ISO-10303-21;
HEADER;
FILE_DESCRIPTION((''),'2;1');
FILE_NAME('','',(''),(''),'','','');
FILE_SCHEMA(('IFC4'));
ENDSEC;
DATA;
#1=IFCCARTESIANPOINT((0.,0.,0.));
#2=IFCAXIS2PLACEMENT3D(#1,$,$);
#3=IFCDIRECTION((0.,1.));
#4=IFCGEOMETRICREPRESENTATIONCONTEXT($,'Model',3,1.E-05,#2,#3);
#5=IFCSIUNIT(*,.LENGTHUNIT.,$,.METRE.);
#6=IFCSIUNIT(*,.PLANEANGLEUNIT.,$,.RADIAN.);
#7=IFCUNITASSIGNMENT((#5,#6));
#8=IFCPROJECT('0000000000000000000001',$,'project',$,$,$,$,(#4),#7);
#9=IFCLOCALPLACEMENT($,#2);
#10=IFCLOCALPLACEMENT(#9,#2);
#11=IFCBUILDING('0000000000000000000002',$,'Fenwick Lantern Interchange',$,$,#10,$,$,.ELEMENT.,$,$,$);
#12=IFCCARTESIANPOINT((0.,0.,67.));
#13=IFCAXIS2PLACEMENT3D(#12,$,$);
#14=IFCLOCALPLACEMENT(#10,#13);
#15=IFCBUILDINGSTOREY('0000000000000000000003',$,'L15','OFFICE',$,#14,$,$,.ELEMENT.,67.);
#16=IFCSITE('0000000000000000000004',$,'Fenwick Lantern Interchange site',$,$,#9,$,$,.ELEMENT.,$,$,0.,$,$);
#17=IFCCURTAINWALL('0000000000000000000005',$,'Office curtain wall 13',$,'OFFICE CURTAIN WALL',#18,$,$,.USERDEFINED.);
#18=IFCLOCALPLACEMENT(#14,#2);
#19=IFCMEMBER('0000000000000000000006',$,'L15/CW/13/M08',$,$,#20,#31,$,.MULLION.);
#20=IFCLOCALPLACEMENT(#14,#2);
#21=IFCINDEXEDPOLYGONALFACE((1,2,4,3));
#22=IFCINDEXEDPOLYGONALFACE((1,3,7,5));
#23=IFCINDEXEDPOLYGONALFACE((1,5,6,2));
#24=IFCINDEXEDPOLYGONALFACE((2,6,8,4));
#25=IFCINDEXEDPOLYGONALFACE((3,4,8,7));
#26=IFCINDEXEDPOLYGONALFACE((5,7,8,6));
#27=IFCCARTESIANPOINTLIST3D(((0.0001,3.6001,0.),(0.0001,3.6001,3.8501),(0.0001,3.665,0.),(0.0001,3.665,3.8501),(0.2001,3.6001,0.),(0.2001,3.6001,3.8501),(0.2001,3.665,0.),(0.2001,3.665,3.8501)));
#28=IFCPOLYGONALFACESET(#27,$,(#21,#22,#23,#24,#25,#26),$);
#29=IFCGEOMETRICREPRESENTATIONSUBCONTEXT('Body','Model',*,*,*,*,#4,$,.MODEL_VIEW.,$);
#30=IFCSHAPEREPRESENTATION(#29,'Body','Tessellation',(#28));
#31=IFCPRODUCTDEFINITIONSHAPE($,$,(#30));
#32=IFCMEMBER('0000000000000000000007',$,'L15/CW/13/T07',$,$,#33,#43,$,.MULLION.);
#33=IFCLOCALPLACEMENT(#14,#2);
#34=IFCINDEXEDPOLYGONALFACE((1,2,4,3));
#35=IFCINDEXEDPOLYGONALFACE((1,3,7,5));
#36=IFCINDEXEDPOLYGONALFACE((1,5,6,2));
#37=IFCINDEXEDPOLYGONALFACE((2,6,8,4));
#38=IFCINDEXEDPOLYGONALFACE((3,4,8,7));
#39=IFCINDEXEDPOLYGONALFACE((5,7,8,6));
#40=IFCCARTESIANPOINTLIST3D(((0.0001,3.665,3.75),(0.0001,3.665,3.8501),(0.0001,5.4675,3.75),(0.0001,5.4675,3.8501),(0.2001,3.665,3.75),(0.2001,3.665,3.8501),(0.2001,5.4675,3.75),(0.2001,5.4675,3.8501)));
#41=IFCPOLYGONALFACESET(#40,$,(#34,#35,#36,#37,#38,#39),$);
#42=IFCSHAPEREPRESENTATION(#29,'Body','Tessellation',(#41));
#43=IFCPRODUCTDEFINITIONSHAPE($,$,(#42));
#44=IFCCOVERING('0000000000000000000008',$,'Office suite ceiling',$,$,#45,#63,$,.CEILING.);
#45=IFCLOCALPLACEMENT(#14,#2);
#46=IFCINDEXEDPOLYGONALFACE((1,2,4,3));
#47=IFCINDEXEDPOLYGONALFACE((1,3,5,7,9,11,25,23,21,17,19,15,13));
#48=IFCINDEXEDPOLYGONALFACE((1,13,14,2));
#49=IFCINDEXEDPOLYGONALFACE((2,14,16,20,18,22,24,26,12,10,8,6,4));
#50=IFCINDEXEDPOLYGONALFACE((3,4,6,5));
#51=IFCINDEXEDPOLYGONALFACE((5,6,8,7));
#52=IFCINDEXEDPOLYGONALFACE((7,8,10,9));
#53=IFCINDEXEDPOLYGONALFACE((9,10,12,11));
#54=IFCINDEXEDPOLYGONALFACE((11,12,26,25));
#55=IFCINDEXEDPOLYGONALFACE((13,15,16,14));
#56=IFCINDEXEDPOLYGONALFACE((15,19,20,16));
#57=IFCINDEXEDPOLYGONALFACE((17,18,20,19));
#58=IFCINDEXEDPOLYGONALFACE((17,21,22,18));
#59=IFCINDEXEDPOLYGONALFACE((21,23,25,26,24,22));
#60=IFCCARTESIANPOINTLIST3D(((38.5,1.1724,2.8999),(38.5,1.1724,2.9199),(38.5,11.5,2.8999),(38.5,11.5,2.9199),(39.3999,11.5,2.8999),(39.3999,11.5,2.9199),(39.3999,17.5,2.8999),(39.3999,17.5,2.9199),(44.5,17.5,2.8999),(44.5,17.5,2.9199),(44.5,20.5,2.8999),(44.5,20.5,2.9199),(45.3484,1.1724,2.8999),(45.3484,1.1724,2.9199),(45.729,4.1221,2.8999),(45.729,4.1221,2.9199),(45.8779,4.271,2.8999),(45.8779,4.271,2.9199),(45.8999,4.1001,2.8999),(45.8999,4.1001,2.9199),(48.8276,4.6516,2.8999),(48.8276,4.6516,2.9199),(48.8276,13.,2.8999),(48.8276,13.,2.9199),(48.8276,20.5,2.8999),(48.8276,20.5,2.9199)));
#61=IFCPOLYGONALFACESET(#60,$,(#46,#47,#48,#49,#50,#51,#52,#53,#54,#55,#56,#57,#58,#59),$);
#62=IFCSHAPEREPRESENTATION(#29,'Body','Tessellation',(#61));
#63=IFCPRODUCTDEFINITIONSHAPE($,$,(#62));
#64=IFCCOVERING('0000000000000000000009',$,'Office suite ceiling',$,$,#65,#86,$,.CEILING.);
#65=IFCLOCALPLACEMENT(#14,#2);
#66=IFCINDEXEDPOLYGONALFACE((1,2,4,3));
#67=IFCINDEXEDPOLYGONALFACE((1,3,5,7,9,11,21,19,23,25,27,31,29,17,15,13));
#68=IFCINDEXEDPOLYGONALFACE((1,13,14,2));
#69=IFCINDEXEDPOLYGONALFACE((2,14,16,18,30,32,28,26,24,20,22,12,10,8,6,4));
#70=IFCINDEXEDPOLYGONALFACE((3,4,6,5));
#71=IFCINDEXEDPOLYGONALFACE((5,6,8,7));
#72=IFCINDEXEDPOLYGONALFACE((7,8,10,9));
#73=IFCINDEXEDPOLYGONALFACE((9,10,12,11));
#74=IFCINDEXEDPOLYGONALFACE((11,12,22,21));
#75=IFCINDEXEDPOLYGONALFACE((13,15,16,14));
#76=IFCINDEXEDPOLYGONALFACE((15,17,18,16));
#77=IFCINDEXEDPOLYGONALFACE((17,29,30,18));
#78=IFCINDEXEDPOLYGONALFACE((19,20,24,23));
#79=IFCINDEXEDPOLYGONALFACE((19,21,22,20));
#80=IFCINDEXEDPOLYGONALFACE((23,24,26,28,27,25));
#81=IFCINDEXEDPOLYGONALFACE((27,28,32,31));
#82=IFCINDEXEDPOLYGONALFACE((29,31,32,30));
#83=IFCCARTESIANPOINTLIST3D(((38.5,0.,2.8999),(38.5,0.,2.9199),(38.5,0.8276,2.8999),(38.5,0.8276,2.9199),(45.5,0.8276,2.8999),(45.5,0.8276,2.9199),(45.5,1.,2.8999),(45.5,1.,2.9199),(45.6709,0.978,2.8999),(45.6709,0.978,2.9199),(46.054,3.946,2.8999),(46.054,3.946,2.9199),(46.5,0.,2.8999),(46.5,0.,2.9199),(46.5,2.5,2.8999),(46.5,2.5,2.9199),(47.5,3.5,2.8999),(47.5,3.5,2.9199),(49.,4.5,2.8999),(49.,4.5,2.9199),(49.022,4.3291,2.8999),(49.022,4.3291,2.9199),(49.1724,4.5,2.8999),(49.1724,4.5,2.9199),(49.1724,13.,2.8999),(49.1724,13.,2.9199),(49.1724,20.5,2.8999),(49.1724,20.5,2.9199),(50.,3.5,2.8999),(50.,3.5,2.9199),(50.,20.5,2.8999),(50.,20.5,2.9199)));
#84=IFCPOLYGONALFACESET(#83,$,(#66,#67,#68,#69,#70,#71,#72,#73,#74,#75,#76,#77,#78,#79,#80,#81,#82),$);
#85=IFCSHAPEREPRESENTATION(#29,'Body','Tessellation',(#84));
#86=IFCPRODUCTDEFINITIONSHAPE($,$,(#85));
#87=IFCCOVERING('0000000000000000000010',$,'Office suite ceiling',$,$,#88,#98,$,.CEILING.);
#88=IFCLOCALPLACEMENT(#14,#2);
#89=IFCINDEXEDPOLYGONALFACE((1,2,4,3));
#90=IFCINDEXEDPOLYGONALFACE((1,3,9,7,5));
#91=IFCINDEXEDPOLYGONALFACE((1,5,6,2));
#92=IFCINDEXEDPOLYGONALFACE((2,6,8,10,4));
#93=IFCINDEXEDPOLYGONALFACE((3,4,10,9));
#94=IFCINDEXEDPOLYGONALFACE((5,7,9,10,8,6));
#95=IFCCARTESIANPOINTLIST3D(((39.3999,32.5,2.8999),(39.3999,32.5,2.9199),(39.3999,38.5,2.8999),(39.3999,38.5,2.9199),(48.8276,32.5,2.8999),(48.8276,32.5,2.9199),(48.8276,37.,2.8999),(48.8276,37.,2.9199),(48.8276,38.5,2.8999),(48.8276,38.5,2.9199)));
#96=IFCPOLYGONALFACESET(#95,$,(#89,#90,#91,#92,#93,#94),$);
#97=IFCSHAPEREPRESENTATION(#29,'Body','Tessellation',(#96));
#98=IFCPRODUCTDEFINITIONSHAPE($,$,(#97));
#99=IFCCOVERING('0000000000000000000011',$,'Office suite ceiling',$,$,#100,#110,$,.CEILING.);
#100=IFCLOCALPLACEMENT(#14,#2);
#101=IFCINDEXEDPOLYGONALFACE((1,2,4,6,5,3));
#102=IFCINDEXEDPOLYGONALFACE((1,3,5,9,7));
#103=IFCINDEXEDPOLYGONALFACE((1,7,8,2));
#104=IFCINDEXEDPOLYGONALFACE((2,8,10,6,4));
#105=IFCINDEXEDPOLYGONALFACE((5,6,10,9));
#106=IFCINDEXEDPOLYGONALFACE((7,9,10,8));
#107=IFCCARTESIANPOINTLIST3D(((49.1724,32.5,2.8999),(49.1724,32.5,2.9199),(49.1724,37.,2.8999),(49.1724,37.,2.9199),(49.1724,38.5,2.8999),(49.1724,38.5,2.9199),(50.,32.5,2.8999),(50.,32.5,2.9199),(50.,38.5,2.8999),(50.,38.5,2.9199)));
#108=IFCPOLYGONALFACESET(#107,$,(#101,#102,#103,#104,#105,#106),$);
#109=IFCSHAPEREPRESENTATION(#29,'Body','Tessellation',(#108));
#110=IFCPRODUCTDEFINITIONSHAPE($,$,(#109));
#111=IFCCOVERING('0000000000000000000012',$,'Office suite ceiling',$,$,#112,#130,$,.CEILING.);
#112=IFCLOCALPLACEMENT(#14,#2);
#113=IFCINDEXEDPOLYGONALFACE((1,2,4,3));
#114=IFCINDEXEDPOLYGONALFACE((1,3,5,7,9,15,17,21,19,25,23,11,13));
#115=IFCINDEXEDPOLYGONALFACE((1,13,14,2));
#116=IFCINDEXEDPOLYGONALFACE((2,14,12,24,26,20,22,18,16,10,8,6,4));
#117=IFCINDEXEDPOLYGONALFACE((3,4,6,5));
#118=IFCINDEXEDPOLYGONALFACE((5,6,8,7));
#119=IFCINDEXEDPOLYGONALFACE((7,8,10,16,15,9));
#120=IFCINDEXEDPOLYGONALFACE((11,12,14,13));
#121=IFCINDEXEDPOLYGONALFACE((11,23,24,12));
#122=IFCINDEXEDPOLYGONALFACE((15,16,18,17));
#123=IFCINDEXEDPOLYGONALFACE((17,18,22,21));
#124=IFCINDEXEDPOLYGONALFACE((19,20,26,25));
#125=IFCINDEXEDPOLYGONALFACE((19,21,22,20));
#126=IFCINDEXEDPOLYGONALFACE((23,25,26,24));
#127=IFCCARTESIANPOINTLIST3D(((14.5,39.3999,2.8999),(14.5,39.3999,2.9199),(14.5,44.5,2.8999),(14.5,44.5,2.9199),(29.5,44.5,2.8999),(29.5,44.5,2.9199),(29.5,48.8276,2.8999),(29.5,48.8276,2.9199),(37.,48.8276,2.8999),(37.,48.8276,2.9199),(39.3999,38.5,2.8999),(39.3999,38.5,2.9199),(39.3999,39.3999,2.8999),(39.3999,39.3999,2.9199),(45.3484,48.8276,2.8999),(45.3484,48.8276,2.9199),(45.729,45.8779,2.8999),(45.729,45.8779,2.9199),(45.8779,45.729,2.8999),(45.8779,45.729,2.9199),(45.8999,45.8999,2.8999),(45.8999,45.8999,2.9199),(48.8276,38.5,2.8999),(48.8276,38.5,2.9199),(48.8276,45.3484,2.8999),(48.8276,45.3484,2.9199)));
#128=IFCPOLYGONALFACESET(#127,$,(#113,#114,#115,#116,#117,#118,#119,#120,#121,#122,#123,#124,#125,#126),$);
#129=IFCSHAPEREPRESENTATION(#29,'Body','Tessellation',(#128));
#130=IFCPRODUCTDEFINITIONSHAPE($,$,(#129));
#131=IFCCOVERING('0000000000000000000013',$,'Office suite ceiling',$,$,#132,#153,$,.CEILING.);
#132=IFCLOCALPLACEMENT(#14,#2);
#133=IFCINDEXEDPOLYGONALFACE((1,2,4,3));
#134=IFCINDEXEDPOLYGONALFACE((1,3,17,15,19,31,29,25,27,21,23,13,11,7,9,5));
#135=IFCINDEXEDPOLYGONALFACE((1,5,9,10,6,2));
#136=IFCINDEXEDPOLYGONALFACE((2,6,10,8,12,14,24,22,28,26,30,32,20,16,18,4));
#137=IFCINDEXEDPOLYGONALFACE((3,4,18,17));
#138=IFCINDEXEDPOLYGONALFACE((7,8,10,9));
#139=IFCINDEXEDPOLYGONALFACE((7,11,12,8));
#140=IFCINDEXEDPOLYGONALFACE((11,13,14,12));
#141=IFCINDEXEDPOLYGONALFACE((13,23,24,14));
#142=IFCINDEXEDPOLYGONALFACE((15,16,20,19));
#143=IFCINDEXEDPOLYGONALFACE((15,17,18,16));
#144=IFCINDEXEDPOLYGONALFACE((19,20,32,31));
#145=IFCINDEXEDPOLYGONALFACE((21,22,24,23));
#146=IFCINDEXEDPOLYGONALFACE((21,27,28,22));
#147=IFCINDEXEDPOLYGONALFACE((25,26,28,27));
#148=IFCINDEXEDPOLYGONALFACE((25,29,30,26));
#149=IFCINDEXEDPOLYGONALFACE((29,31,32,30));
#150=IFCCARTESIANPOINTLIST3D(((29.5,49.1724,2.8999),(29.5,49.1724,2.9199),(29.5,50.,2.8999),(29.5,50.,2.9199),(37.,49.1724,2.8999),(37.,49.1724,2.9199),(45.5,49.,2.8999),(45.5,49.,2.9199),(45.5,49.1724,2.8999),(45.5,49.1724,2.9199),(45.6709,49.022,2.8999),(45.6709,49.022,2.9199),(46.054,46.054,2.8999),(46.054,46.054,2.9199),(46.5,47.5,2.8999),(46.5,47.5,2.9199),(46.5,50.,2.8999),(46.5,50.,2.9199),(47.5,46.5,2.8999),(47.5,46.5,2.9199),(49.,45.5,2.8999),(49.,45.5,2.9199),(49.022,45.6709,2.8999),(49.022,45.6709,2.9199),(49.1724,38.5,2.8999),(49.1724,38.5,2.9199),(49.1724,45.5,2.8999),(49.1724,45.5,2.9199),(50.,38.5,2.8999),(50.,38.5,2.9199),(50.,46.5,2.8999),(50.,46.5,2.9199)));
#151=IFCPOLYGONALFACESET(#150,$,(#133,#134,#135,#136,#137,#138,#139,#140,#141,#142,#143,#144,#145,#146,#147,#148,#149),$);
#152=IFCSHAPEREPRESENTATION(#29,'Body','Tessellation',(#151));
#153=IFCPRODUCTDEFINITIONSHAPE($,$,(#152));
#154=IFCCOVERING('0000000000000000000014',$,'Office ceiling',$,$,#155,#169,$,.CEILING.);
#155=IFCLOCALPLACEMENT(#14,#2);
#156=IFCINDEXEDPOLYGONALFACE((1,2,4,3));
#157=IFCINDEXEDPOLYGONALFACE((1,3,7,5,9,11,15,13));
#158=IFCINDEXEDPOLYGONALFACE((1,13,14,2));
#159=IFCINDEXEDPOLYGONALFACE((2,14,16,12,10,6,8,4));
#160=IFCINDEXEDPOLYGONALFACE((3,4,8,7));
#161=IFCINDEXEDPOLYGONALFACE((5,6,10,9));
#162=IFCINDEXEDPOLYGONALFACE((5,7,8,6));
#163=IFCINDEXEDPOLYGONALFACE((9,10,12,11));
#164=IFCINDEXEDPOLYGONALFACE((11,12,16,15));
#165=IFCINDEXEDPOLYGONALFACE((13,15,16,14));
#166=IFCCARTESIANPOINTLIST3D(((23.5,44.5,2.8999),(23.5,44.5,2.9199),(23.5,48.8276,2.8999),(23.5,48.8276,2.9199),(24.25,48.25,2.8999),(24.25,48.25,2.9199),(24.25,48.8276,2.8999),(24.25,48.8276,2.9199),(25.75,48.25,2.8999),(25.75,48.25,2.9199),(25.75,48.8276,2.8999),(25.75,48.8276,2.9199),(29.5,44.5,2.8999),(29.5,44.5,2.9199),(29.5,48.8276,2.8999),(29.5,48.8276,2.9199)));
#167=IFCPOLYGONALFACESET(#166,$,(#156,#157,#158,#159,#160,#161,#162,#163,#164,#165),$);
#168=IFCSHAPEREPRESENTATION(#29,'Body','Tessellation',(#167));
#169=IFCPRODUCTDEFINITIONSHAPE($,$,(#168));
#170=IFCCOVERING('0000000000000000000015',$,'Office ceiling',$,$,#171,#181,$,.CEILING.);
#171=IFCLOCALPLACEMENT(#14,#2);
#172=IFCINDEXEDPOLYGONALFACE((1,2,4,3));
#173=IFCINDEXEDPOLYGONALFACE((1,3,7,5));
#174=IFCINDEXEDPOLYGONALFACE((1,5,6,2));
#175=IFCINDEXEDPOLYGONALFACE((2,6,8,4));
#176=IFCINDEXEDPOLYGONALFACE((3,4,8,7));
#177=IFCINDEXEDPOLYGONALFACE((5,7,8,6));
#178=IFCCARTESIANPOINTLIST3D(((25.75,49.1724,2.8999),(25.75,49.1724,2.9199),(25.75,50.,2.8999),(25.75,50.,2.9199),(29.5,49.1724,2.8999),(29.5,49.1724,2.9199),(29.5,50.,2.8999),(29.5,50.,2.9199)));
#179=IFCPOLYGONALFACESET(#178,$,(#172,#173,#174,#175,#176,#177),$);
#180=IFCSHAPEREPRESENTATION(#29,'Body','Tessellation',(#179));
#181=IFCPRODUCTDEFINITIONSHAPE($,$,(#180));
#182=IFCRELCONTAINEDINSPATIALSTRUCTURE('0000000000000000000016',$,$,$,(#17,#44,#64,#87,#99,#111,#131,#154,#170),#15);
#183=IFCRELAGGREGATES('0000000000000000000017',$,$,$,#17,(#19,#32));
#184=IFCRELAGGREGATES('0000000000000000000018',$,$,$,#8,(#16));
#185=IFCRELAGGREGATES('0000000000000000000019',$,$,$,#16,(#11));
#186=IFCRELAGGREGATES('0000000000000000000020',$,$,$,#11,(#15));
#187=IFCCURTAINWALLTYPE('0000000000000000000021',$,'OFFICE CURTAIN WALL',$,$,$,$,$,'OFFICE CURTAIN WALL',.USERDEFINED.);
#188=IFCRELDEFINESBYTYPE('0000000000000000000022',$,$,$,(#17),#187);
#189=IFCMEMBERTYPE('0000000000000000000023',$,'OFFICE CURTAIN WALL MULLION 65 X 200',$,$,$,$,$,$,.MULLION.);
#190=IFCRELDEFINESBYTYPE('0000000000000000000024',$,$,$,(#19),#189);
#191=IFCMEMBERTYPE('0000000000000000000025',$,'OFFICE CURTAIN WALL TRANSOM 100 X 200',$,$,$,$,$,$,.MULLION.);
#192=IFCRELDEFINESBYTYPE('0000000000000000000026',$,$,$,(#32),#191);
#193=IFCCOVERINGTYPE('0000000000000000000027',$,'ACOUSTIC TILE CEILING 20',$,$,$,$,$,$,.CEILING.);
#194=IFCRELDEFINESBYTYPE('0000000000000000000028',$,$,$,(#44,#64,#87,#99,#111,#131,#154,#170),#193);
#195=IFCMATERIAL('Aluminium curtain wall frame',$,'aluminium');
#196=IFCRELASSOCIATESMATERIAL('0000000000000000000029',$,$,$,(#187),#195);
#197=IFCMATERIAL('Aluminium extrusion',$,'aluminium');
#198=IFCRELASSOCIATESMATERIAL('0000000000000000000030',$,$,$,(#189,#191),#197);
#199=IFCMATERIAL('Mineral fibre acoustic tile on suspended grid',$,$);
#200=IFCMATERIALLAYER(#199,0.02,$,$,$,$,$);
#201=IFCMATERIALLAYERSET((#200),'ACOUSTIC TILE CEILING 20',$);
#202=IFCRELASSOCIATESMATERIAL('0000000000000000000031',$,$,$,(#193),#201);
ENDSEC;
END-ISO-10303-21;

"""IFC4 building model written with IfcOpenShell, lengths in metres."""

from ifc_helpers import new_model, si_unit, direction, frame, origin, origin_2d, place, context, subcontext, project, spatial, polyline, rectangle, outline, extrude, material, layer, layer_set, material_profile, profile_set, type_object, element, aggregate, save


model = new_model("IFC4")

# Units and contexts
model_context = context("Model", 3, precision=1e-05, world=origin(), true_north=direction((0.0, 1.0)))
body_context = subcontext(model_context, "Body", "Model", "MODEL_VIEW")
ifc_project = project(units=[si_unit("LENGTHUNIT", "METRE"), si_unit("PLANEANGLEUNIT", "RADIAN")], contexts=[model_context])

# Site, building, storey
site_placement = place(None, origin())
site = spatial("IfcSite", under=ifc_project, at=site_placement, Name="Fenwick Lantern Interchange site", CompositionType="ELEMENT", RefElevation=0.0)
building_placement = place(site_placement, origin())
building = spatial("IfcBuilding", under=site, at=building_placement, Name="Fenwick Lantern Interchange", CompositionType="ELEMENT")
storey_placement = place(building_placement, frame((0.0, 0.0, 67.0)))
storey = spatial("IfcBuildingStorey", under=building, at=storey_placement, Name="L15", Description="OFFICE", CompositionType="ELEMENT", Elevation=67.0)

# Curtain wall, members
ifc_material_1 = material(Name="Aluminium curtain wall frame", Category="aluminium")
curtain_wall_type = type_object("IfcCurtainWallType", Name="OFFICE CURTAIN WALL", ElementType="OFFICE CURTAIN WALL", PredefinedType="USERDEFINED", material=ifc_material_1)
curtain_wall_placement = place(storey_placement, origin())
curtain_wall = element("IfcCurtainWall", 1, at=curtain_wall_placement, inside=storey, type_object=curtain_wall_type, Name="Office curtain wall 13", ObjectType="OFFICE CURTAIN WALL", PredefinedType="USERDEFINED")
ifc_material_2 = material(Name="Aluminium extrusion", Category="aluminium")
ifc_material_profile_1 = material_profile(ifc_material_2, rectangle(XDim=0.2, YDim=0.0649, at=origin_2d()), Name="OFFICE CURTAIN WALL MULLION 65 X 200")
ifc_profile_set_1 = profile_set([ifc_material_profile_1], Name="Aluminium extrusion")
member_type_1 = type_object("IfcMemberType", Name="OFFICE CURTAIN WALL MULLION 65 X 200", PredefinedType="MULLION", material=ifc_profile_set_1)
member_1_placement = place(storey_placement, frame((0.1001, 3.6326, 0.0), z_axis=(0.0, 0.0, 1.0), x_axis=(1.0, 0.0, 0.0)))
member_1 = element("IfcMember", 2, at=member_1_placement, type_object=member_type_1, Name="L15/CW/13/M08", PredefinedType="MULLION", context=body_context, shape_type="SweptSolid", body=[
    extrude(rectangle(XDim=0.2, YDim=0.0649, at=origin_2d()), origin(), (0.0, 0.0, 1.0), 3.8501),
])
ifc_material_profile_2 = material_profile(ifc_material_2, rectangle(XDim=0.2, YDim=0.1001, at=origin_2d()), Name="OFFICE CURTAIN WALL TRANSOM 100 X 200")
ifc_profile_set_2 = profile_set([ifc_material_profile_2], Name="Aluminium extrusion")
member_type_2 = type_object("IfcMemberType", Name="OFFICE CURTAIN WALL TRANSOM 100 X 200", PredefinedType="MULLION", material=ifc_profile_set_2)
member_2_placement = place(storey_placement, frame((0.1001, 5.4675, 3.8), z_axis=(0.0, -1.0, 0.0), x_axis=(1.0, 0.0, 0.0)))
member_2 = element("IfcMember", 3, at=member_2_placement, type_object=member_type_2, Name="L15/CW/13/T07", PredefinedType="MULLION", context=body_context, shape_type="SweptSolid", body=[
    extrude(rectangle(XDim=0.2, YDim=0.1001, at=origin_2d()), origin(), (0.0, 0.0, 1.0), 1.8025),
])
aggregate(curtain_wall, [member_1, member_2])

# Coverings
ifc_material_3 = material(Name="Mineral fibre acoustic tile on suspended grid")
ifc_layer_1 = layer(ifc_material_3, 0.02)
ifc_layer_set_1 = layer_set([ifc_layer_1], Name="ACOUSTIC TILE CEILING 20")
covering_type_1 = type_object("IfcCoveringType", Name="ACOUSTIC TILE CEILING 20", PredefinedType="CEILING", material=ifc_layer_set_1)
covering_1_placement = place(storey_placement, frame((0.0, 0.0, 2.8999)))
element("IfcCovering", 4, at=covering_1_placement, inside=storey, type_object=covering_type_1, Name="Office suite ceiling", PredefinedType="CEILING", context=body_context, shape_type="SweptSolid", body=[
    extrude(outline(polyline([(48.8276, 20.5), (44.5, 20.5), (44.5, 17.5), (39.3999, 17.5), (39.3999, 11.5), (38.5, 11.5), (38.5, 1.1724), (45.3484, 1.1724), (45.729, 4.1221), (45.8999, 4.1001), (45.8779, 4.271), (48.8276, 4.6516), (48.8276, 13.0), (48.8276, 20.5)])), origin(), (0.0, 0.0, 1.0), 0.02),
])
covering_2_placement = place(storey_placement, frame((0.0, 0.0, 2.8999)))
element("IfcCovering", 5, at=covering_2_placement, inside=storey, type_object=covering_type_1, Name="Office suite ceiling", PredefinedType="CEILING", context=body_context, shape_type="SweptSolid", body=[
    extrude(outline(polyline([(50.0, 20.5), (49.1724, 20.5), (49.1724, 13.0), (49.1724, 4.5), (49.0, 4.5), (49.022, 4.3291), (46.054, 3.946), (45.6709, 0.978), (45.5, 1.0), (45.5, 0.8276), (38.5, 0.8276), (38.5, 0.0), (46.5, 0.0), (46.5, 2.5), (47.5, 3.5), (50.0, 3.5), (50.0, 20.5)])), origin(), (0.0, 0.0, 1.0), 0.02),
])
covering_3_placement = place(storey_placement, frame((0.0, 0.0, 2.8999)))
element("IfcCovering", 6, at=covering_3_placement, inside=storey, type_object=covering_type_1, Name="Office suite ceiling", PredefinedType="CEILING", context=body_context, shape_type="SweptSolid", body=[
    extrude(outline(polyline([(39.3999, 32.5), (48.8276, 32.5), (48.8276, 37.0), (48.8276, 38.5), (39.3999, 38.5), (39.3999, 32.5)])), origin(), (0.0, 0.0, 1.0), 0.02),
])
covering_4_placement = place(storey_placement, frame((0.0, 0.0, 2.8999)))
element("IfcCovering", 7, at=covering_4_placement, inside=storey, type_object=covering_type_1, Name="Office suite ceiling", PredefinedType="CEILING", context=body_context, shape_type="SweptSolid", body=[
    extrude(outline(polyline([(50.0, 32.5), (50.0, 38.5), (49.1724, 38.5), (49.1724, 37.0), (49.1724, 32.5), (50.0, 32.5)])), origin(), (0.0, 0.0, 1.0), 0.02),
])
covering_5_placement = place(storey_placement, frame((0.0, 0.0, 2.8999)))
element("IfcCovering", 8, at=covering_5_placement, inside=storey, type_object=covering_type_1, Name="Office suite ceiling", PredefinedType="CEILING", context=body_context, shape_type="SweptSolid", body=[
    extrude(outline(polyline([(39.3999, 38.5), (48.8276, 38.5), (48.8276, 45.3484), (45.8779, 45.729), (45.8999, 45.8999), (45.729, 45.8779), (45.3484, 48.8276), (37.0, 48.8276), (29.5, 48.8276), (29.5, 44.5), (14.5, 44.5), (14.5, 39.3999), (39.3999, 39.3999), (39.3999, 38.5)])), origin(), (0.0, 0.0, 1.0), 0.02),
])
covering_6_placement = place(storey_placement, frame((0.0, 0.0, 2.8999)))
element("IfcCovering", 9, at=covering_6_placement, inside=storey, type_object=covering_type_1, Name="Office suite ceiling", PredefinedType="CEILING", context=body_context, shape_type="SweptSolid", body=[
    extrude(outline(polyline([(46.5, 50.0), (29.5, 50.0), (29.5, 49.1724), (37.0, 49.1724), (45.5, 49.1724), (45.5, 49.0), (45.6709, 49.022), (46.054, 46.054), (49.022, 45.6709), (49.0, 45.5), (49.1724, 45.5), (49.1724, 38.5), (50.0, 38.5), (50.0, 46.5), (47.5, 46.5), (46.5, 47.5), (46.5, 50.0)])), origin(), (0.0, 0.0, 1.0), 0.02),
])
covering_7_placement = place(storey_placement, frame((0.0, 0.0, 2.8999)))
element("IfcCovering", 10, at=covering_7_placement, inside=storey, type_object=covering_type_1, Name="Office ceiling", PredefinedType="CEILING", context=body_context, shape_type="SweptSolid", body=[
    extrude(outline(polyline([(29.5, 44.5), (29.5, 48.8276), (25.75, 48.8276), (25.75, 48.25), (24.25, 48.25), (24.25, 48.8276), (23.5, 48.8276), (23.5, 44.5), (29.5, 44.5)])), origin(), (0.0, 0.0, 1.0), 0.02),
])
covering_8_placement = place(storey_placement, frame((0.0, 0.0, 2.8999)))
element("IfcCovering", 11, at=covering_8_placement, inside=storey, type_object=covering_type_1, Name="Office ceiling", PredefinedType="CEILING", context=body_context, shape_type="SweptSolid", body=[
    extrude(outline(polyline([(29.5, 49.1724), (29.5, 50.0), (25.75, 50.0), (25.75, 49.1724), (29.5, 49.1724)])), origin(), (0.0, 0.0, 1.0), 0.02),
])

save(model, "model.ifc")
